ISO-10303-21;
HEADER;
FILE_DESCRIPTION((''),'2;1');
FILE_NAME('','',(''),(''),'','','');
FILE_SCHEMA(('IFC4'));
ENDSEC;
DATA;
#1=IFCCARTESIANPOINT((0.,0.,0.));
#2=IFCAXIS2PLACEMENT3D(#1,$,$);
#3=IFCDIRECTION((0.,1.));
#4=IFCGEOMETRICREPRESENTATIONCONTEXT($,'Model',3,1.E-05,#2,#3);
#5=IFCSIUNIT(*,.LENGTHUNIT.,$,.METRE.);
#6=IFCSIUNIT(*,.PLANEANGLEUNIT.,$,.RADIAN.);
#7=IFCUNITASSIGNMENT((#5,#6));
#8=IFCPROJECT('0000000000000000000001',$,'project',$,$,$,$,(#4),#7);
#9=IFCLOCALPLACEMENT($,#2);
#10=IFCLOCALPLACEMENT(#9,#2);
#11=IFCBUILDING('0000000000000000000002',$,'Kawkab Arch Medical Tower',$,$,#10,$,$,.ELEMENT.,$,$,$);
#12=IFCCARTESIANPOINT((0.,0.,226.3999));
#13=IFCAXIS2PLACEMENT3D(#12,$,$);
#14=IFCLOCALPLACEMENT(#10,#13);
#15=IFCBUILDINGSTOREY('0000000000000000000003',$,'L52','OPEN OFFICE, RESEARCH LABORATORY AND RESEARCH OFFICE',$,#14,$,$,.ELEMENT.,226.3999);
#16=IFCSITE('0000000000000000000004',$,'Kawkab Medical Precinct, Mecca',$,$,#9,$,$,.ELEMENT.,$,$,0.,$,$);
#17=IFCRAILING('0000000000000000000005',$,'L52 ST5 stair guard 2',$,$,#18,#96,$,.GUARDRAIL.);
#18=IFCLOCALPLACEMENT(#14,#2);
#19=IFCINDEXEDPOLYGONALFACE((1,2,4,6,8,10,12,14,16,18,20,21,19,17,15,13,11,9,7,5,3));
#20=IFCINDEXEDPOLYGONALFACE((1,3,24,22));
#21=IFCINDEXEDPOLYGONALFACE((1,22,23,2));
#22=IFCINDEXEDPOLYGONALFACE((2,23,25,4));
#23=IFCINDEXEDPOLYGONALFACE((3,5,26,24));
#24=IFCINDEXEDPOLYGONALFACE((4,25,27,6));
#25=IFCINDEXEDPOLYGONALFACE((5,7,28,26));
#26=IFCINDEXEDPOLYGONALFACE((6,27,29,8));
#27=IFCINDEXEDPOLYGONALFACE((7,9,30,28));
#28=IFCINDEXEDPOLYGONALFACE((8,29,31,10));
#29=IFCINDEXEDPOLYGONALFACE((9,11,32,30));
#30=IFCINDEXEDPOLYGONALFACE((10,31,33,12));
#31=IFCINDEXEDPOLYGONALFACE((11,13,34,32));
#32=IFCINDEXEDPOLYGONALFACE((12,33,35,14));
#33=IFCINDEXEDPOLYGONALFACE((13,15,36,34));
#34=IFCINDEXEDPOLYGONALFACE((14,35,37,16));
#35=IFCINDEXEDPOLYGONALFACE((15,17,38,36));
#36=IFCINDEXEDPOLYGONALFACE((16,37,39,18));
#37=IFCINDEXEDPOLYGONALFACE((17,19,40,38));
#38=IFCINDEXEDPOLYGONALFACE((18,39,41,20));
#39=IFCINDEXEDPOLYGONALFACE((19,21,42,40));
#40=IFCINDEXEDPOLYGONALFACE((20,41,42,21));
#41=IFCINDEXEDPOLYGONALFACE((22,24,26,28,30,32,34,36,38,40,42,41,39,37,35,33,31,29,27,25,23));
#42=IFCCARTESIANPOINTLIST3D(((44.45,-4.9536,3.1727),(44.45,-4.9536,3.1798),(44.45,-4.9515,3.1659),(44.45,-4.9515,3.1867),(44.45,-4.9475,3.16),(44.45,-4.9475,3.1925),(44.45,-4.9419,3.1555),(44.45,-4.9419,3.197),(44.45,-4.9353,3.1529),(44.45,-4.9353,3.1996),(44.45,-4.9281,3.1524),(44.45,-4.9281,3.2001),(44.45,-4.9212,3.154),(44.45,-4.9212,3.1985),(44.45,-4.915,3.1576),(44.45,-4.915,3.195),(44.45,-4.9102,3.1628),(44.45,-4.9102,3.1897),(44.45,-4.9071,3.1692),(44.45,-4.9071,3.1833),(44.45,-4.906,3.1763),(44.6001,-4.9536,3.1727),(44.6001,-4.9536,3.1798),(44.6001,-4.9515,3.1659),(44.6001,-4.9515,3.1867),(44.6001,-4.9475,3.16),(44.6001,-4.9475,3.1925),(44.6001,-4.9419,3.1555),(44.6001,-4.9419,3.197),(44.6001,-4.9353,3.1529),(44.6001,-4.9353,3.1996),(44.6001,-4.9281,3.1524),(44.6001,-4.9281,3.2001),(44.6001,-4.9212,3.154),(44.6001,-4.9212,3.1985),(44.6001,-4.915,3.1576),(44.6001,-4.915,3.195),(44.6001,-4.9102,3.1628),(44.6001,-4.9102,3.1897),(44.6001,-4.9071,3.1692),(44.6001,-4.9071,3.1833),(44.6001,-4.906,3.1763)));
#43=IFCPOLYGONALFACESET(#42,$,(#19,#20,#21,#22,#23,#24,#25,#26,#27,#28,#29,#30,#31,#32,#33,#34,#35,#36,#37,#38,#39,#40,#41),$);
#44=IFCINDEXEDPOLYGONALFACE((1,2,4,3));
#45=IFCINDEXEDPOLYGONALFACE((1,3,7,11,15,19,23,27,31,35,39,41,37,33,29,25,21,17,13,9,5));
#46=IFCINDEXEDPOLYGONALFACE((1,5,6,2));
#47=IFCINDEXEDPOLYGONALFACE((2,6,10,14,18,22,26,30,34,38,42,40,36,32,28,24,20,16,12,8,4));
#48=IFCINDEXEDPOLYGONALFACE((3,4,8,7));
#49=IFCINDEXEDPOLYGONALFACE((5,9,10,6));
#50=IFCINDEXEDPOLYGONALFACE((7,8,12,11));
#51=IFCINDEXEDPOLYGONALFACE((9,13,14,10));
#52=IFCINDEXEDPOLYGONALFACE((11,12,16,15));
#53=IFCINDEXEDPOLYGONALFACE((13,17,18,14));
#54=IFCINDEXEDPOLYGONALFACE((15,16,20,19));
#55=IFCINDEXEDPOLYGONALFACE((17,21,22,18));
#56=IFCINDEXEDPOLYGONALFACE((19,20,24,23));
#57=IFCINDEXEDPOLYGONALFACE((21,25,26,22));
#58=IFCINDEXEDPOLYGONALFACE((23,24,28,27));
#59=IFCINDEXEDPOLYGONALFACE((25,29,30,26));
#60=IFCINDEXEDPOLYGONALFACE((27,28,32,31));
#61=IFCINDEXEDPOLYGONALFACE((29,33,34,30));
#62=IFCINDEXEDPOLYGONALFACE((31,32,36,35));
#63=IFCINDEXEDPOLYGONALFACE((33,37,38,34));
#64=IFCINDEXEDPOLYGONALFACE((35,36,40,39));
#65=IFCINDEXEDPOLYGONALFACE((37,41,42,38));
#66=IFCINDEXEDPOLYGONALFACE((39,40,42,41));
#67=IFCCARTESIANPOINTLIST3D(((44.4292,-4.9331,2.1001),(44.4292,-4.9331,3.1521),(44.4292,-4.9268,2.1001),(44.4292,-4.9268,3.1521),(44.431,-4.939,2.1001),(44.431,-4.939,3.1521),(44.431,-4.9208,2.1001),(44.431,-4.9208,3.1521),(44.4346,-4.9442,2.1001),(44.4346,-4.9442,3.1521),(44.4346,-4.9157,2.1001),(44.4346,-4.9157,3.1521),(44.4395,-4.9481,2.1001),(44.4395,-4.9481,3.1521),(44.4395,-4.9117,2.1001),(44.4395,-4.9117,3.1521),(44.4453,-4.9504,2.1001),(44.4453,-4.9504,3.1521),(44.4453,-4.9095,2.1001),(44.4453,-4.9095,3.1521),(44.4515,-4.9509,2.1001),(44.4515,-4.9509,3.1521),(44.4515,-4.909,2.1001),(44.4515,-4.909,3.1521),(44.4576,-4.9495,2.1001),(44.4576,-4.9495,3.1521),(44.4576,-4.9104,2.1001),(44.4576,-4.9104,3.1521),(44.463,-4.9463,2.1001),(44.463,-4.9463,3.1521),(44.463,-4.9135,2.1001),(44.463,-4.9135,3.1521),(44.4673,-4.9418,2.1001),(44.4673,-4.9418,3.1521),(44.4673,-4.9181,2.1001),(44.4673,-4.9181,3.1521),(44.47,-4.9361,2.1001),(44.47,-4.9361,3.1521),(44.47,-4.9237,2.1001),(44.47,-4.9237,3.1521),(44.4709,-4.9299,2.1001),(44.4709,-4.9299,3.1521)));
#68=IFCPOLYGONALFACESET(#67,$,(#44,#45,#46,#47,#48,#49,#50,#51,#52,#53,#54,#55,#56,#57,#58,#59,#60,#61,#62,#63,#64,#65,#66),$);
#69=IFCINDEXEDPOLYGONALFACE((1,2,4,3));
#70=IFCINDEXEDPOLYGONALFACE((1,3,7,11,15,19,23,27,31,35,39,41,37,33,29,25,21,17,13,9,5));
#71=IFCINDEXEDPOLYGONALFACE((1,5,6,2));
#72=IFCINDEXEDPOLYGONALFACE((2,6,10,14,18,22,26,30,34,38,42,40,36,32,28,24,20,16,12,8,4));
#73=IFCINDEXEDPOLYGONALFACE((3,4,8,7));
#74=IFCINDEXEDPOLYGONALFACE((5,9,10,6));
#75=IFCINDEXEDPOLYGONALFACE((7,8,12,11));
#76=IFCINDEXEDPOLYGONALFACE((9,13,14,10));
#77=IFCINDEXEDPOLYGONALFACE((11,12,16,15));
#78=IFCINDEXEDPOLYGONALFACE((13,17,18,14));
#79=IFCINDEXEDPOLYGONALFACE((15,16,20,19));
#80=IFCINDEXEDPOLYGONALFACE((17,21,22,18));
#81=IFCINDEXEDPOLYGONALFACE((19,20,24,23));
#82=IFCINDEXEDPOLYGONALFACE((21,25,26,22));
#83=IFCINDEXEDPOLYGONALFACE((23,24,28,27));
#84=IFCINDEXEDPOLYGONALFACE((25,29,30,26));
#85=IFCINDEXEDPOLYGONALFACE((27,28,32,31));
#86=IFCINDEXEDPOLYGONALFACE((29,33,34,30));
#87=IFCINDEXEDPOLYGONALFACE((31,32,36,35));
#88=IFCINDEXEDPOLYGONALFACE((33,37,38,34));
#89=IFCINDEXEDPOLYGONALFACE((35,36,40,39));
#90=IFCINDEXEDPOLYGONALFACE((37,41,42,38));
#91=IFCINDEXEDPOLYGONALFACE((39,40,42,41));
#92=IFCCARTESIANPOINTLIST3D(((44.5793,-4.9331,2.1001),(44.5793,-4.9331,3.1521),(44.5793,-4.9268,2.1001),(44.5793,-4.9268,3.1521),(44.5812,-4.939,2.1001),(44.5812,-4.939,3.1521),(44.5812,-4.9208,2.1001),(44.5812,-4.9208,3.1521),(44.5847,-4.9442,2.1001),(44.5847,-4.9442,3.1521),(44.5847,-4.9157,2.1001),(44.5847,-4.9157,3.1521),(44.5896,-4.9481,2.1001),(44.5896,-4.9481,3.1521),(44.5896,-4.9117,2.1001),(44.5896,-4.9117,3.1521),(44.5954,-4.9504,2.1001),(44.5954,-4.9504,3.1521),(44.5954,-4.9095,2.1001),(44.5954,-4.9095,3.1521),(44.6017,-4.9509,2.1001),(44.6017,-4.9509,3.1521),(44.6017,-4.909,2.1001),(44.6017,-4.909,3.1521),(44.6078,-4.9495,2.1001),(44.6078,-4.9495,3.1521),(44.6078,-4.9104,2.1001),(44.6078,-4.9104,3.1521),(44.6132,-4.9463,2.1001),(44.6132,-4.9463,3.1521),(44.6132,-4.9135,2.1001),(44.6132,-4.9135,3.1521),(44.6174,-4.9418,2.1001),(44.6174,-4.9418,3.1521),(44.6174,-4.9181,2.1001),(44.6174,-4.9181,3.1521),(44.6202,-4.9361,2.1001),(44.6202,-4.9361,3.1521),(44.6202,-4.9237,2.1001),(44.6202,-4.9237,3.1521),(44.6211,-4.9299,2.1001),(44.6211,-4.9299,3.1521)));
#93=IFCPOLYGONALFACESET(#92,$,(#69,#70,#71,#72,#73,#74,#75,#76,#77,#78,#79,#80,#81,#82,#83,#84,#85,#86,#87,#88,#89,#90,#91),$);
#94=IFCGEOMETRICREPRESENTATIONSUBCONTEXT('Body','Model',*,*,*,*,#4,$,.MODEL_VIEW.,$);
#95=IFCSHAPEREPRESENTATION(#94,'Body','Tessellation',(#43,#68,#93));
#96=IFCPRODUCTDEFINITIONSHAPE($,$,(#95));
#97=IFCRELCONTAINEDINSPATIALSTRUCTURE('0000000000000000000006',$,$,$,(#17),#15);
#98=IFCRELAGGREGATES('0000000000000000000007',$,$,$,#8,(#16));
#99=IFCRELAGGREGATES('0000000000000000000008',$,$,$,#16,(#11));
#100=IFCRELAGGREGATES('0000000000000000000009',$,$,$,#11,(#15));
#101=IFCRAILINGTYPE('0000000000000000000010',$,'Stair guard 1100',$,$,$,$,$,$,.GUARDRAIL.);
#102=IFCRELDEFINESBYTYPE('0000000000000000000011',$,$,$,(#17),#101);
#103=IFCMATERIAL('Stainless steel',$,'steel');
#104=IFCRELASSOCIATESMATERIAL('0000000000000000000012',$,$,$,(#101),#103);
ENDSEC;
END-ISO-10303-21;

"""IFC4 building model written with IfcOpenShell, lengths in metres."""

from ifc_helpers import new_model, si_unit, direction, frame, origin, origin_2d, place, context, subcontext, project, spatial, circle, extrude, material, type_object, element, save


model = new_model("IFC4")

# Units and contexts
model_context = context("Model", 3, precision=1e-05, world=origin(), true_north=direction((0.0, 1.0)))
body_context = subcontext(model_context, "Body", "Model", "MODEL_VIEW")
ifc_project = project(units=[si_unit("LENGTHUNIT", "METRE"), si_unit("PLANEANGLEUNIT", "RADIAN")], contexts=[model_context])

# Site, building, storey
site_placement = place(None, origin())
site = spatial("IfcSite", under=ifc_project, at=site_placement, Name="Kawkab Medical Precinct, Mecca", CompositionType="ELEMENT", RefElevation=0.0)
building_placement = place(site_placement, origin())
building = spatial("IfcBuilding", under=site, at=building_placement, Name="Kawkab Arch Medical Tower", CompositionType="ELEMENT")
storey_placement = place(building_placement, frame((0.0, 0.0, 226.3999)))
storey = spatial("IfcBuildingStorey", under=building, at=storey_placement, Name="L52", Description="OPEN OFFICE, RESEARCH LABORATORY AND RESEARCH OFFICE", CompositionType="ELEMENT", Elevation=226.3999)

# Railing
ifc_material_1 = material(Name="Stainless steel", Category="steel")
railing_type_1 = type_object("IfcRailingType", Name="Stair guard 1100", PredefinedType="GUARDRAIL", material=ifc_material_1)
railing_1_placement = place(storey_placement, frame((44.45, -4.9299, 2.1001)))
element("IfcRailing", 1, at=railing_1_placement, inside=storey, type_object=railing_type_1, Name="L52 ST5 stair guard 2", PredefinedType="GUARDRAIL", context=body_context, shape_type="SweptSolid", body=[
    extrude(circle(Radius=0.0239, at=origin_2d()), frame((0.0, 0.0, 1.0762), z_axis=(1.0, 0.0, 0.0), x_axis=(0.0, 1.0, 0.0)), (0.0, 0.0, 1.0), 0.1501),
    extrude(circle(Radius=0.021, at=origin_2d()), origin(), (0.0, 0.0, 1.0), 1.052),
    extrude(circle(Radius=0.021, at=origin_2d()), frame((0.1501, 0.0, 0.0)), (0.0, 0.0, 1.0), 1.052),
])

save(model, "model.ifc")
